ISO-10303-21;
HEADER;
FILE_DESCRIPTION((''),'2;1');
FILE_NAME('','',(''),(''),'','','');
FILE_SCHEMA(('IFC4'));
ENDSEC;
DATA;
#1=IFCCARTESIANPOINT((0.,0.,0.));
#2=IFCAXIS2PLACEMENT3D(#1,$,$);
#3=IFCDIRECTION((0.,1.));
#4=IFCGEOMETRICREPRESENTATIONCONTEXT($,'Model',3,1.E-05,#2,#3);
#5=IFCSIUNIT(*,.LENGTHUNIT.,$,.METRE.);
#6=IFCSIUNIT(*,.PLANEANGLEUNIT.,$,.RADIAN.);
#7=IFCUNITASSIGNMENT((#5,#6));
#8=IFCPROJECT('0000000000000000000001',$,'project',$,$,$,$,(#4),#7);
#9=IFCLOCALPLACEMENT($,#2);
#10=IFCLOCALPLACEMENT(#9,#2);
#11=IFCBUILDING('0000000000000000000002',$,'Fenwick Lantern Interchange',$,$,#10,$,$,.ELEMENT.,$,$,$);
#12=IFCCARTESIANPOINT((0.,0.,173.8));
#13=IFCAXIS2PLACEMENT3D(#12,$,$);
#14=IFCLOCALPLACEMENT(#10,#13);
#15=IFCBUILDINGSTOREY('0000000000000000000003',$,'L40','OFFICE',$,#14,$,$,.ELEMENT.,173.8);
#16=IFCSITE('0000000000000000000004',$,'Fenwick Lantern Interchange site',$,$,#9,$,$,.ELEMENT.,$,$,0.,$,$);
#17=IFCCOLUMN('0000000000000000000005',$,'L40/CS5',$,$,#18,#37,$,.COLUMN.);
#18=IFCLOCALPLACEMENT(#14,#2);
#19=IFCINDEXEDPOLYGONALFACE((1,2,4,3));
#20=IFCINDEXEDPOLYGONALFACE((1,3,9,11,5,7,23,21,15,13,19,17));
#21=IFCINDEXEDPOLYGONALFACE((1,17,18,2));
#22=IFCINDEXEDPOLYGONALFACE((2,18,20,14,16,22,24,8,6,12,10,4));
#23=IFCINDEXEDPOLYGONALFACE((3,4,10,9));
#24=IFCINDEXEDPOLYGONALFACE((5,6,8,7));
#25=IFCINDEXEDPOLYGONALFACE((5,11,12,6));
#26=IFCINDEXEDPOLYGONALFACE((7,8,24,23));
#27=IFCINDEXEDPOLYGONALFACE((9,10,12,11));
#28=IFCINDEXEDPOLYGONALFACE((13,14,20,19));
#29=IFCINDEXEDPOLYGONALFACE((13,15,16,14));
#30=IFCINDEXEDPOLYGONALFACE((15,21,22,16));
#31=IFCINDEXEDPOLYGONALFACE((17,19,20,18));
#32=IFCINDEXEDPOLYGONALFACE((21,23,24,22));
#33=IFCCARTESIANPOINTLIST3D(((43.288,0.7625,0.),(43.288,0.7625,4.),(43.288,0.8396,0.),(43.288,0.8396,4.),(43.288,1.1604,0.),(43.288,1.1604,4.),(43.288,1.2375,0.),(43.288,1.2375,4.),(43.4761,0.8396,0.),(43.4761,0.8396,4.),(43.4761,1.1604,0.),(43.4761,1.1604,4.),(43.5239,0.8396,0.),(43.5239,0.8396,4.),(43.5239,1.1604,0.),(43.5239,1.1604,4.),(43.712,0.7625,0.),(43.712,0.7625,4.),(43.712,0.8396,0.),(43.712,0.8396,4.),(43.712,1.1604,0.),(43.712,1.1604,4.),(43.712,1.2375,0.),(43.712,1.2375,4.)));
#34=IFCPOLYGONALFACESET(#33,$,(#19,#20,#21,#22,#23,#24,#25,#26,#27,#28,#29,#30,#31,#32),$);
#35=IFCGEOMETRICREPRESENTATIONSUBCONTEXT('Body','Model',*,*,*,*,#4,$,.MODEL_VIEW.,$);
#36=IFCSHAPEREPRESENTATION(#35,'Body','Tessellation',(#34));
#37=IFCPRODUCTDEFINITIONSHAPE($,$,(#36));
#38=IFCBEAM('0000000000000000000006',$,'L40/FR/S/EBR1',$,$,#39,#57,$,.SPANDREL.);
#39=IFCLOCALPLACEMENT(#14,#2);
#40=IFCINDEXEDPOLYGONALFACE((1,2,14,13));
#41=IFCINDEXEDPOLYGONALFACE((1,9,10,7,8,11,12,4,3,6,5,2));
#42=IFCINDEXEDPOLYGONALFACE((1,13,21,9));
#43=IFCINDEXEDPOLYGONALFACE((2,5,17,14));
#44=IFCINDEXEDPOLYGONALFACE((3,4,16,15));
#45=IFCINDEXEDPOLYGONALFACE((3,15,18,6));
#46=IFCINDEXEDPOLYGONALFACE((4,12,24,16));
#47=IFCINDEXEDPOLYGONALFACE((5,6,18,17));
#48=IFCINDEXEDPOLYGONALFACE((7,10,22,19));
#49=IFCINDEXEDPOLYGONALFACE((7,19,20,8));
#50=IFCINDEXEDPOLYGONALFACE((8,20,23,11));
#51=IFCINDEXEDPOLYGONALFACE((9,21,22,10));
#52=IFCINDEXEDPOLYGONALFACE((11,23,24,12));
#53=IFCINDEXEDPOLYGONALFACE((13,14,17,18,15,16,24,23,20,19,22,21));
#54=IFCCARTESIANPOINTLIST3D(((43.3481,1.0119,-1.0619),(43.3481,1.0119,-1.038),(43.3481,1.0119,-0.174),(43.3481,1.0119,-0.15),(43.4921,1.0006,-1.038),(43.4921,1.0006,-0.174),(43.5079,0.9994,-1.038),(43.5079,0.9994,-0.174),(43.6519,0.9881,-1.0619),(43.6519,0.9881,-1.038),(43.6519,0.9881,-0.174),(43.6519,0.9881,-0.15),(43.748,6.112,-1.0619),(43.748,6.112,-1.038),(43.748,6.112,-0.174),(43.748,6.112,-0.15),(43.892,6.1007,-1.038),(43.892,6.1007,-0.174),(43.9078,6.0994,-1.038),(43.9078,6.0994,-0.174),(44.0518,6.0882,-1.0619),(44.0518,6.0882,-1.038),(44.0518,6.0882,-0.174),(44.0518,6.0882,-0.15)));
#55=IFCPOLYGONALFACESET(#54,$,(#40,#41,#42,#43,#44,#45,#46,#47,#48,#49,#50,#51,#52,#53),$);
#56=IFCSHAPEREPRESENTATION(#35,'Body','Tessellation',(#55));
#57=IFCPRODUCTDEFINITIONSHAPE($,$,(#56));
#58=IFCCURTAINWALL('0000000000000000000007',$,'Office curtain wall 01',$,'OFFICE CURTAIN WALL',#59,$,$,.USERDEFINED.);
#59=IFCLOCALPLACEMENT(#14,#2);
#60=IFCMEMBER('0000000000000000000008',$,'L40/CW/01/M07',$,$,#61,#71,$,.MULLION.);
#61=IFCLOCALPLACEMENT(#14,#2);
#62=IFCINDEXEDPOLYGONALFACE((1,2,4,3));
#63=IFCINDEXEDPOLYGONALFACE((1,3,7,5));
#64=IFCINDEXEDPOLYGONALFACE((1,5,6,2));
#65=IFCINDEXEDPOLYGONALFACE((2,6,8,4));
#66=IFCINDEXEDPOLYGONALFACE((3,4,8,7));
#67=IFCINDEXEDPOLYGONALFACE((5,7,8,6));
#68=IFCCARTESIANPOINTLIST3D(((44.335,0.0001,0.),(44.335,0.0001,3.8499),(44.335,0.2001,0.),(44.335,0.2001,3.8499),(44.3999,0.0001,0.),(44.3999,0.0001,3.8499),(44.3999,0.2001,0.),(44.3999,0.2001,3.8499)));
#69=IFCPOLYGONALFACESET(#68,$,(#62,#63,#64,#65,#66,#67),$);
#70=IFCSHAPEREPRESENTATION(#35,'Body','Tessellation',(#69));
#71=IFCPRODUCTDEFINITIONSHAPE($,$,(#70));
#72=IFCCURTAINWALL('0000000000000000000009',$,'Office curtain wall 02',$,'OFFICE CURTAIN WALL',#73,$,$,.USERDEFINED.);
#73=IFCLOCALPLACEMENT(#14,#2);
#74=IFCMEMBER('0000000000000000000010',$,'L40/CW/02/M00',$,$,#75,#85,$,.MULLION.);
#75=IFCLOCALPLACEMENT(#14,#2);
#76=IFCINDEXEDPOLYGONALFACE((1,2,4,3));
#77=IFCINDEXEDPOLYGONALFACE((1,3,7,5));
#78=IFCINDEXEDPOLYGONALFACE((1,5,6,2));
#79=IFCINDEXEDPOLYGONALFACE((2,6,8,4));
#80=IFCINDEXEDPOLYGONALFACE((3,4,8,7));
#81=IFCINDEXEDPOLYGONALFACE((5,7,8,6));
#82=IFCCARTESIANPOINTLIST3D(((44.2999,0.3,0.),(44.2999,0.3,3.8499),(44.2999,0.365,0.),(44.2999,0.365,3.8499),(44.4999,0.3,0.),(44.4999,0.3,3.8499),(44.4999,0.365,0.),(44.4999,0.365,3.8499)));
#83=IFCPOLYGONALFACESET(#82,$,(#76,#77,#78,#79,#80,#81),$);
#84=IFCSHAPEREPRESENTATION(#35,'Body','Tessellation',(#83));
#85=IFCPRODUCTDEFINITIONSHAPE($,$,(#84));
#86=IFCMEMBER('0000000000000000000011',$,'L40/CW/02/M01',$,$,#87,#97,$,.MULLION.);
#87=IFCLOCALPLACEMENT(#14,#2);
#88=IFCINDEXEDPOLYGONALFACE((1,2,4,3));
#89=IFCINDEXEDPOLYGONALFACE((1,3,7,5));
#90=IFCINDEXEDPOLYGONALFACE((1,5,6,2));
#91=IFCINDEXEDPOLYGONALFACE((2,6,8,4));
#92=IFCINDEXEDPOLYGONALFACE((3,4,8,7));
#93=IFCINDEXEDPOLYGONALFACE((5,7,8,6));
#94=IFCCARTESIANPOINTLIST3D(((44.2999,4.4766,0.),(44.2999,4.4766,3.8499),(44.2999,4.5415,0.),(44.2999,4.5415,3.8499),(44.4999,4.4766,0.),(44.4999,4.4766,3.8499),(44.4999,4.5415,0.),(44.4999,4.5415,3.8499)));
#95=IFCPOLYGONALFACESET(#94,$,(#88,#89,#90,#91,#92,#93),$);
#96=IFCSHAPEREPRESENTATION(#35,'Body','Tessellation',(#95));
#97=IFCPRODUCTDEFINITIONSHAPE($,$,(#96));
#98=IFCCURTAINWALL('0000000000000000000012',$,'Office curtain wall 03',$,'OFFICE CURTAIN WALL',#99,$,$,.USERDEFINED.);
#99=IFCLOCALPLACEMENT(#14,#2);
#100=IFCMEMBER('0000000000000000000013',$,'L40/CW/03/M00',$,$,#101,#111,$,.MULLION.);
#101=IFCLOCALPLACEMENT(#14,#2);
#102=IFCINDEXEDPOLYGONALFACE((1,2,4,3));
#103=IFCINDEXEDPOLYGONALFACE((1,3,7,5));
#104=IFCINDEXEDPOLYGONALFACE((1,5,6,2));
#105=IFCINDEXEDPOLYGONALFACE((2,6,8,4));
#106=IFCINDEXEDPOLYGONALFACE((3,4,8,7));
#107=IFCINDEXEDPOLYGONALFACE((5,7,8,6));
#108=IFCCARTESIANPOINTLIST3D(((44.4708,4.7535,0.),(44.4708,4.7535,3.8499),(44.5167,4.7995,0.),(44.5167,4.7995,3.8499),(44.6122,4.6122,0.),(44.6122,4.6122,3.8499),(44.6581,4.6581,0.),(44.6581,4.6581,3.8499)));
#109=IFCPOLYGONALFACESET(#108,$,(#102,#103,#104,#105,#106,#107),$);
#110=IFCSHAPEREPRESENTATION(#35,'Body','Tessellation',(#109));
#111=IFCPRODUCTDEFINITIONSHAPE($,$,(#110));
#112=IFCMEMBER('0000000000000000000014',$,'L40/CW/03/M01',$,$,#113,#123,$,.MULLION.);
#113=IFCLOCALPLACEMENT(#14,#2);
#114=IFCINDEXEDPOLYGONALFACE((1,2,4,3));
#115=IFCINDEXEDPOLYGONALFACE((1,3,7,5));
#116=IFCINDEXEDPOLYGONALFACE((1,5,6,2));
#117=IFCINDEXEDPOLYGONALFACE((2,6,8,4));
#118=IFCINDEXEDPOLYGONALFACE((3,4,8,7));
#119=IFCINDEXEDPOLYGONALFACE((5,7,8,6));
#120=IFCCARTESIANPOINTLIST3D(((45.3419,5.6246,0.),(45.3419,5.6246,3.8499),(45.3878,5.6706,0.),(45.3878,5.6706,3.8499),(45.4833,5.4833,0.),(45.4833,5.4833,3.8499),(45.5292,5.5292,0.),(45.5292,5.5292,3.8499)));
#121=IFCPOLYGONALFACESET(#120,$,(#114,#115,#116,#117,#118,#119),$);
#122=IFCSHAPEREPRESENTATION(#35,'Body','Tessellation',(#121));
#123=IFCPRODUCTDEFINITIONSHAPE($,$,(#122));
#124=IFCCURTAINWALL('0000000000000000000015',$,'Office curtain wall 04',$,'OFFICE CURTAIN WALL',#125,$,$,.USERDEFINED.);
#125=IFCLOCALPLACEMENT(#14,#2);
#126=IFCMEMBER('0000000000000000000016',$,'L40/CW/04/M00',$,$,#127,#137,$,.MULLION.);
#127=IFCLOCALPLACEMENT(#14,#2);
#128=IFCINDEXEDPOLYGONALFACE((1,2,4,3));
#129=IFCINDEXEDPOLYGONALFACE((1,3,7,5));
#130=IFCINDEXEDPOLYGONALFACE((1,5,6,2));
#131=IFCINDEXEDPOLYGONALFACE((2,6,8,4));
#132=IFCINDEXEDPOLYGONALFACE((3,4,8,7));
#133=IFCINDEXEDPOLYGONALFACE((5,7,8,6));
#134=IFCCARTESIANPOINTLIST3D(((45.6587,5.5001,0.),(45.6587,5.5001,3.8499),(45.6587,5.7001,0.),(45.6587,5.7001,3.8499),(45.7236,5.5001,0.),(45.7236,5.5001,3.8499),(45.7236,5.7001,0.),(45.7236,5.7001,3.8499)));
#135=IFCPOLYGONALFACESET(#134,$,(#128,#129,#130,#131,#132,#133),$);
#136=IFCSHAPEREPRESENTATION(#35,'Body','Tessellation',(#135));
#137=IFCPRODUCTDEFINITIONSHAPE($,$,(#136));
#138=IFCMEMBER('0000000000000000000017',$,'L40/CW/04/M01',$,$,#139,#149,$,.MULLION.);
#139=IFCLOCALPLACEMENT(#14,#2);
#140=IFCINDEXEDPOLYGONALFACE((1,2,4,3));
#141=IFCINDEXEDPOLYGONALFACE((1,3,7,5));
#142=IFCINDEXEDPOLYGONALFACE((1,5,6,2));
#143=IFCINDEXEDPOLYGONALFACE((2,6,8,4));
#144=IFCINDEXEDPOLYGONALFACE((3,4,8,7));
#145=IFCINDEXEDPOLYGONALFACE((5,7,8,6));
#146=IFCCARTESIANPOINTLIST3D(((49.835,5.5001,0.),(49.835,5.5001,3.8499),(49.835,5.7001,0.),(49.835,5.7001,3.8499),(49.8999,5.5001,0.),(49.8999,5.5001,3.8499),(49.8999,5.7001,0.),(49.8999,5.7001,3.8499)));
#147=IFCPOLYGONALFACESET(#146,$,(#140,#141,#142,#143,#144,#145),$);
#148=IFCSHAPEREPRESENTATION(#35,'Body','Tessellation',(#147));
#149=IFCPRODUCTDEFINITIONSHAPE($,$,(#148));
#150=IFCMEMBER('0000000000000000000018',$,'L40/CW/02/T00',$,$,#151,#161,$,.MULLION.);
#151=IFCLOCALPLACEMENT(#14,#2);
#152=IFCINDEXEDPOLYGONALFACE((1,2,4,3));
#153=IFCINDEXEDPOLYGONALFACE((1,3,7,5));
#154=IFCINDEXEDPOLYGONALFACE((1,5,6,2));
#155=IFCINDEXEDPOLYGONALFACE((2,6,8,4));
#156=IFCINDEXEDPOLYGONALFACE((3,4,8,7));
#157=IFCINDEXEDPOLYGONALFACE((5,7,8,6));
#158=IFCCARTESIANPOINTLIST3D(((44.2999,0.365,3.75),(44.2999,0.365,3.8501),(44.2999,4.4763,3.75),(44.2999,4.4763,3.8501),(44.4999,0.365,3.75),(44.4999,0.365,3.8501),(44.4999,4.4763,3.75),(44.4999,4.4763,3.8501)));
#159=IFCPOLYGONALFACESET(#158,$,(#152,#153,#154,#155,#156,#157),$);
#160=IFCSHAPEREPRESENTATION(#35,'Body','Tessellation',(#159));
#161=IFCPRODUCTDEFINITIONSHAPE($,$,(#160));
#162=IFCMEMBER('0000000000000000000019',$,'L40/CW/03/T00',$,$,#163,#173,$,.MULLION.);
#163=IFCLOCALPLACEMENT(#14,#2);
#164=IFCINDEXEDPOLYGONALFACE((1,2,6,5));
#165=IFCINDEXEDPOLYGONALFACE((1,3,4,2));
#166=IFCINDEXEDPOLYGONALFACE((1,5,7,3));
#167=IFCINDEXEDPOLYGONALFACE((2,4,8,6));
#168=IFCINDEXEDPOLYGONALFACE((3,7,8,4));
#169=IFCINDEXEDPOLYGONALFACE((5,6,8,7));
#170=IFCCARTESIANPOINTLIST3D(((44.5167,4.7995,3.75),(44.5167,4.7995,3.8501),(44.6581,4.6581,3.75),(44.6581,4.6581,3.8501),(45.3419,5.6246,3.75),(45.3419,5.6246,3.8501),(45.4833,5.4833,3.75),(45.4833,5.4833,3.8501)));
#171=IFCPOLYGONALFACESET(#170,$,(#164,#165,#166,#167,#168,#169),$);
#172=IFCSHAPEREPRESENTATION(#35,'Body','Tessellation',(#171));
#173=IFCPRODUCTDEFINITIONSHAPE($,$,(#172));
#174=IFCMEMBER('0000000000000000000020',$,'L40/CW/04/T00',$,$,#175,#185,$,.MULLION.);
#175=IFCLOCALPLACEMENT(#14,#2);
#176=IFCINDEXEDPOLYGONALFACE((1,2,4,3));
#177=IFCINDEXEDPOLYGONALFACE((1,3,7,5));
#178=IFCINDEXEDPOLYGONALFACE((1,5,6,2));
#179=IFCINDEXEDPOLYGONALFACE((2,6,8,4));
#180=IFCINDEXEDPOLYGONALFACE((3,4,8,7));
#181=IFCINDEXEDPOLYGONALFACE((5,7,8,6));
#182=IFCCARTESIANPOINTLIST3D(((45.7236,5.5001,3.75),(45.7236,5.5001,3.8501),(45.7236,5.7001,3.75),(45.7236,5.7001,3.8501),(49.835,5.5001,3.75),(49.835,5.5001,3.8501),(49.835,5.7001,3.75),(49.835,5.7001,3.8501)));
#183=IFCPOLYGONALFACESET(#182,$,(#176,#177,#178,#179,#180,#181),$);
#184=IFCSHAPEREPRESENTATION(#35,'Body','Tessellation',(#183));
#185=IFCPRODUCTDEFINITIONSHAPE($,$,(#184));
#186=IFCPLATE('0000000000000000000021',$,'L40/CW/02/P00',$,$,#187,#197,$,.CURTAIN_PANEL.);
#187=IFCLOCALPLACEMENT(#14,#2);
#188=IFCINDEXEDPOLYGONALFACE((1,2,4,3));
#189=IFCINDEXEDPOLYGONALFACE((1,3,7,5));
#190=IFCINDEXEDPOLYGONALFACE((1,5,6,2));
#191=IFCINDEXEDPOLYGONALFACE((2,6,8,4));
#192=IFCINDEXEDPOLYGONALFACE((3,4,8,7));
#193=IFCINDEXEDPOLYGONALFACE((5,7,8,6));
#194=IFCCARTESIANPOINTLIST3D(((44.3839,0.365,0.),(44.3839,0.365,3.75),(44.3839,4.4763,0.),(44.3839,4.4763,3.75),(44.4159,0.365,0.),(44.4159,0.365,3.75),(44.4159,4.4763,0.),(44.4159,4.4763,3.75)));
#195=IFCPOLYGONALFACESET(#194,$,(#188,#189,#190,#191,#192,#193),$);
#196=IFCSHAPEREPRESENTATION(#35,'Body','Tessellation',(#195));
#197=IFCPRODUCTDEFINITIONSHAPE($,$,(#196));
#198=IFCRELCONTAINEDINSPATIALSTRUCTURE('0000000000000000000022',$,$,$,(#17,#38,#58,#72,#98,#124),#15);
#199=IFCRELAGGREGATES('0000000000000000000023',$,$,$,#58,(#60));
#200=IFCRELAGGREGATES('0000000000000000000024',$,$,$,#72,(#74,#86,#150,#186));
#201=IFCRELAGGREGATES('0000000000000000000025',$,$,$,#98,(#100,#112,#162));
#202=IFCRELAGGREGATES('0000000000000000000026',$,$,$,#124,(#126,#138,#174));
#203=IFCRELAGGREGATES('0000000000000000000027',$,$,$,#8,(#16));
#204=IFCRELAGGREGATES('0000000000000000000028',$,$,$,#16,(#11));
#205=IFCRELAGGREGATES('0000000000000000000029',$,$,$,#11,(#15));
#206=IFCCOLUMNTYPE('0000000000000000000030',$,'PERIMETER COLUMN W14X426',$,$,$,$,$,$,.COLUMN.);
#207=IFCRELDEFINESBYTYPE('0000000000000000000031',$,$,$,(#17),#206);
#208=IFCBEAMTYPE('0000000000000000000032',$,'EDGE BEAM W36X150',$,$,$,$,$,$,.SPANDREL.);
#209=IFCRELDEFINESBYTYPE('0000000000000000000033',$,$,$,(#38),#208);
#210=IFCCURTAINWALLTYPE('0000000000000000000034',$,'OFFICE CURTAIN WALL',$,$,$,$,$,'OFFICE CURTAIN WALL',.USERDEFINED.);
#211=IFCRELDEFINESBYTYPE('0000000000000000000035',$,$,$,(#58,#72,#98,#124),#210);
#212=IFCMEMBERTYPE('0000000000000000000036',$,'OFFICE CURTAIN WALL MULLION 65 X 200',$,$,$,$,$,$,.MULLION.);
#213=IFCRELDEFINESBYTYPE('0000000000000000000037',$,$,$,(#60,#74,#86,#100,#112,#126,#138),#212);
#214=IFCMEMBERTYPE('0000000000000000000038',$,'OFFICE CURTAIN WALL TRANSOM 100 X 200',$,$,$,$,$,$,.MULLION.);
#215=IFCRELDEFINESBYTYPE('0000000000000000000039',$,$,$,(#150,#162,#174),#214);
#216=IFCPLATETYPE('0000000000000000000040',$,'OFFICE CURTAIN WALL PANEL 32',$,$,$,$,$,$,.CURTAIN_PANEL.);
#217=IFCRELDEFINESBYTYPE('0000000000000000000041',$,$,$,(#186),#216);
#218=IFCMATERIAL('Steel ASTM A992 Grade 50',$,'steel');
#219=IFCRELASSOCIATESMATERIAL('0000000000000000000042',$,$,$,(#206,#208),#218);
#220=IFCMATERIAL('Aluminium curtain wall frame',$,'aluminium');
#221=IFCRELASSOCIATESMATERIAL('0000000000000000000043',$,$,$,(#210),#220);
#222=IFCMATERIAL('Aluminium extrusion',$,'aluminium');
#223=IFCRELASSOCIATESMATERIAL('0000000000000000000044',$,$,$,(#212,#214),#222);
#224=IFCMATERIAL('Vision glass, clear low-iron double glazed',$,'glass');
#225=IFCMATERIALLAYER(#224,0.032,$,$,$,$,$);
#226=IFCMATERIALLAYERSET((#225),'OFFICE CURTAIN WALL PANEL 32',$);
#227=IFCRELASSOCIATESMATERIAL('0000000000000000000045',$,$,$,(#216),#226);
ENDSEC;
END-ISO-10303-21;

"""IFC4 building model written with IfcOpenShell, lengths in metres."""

from ifc_helpers import new_model, si_unit, direction, frame, origin, origin_2d, place, context, subcontext, project, spatial, rectangle, i_section, extrude, material, layer, layer_set, material_profile, profile_set, type_object, element, aggregate, save


model = new_model("IFC4")

# Units and contexts
model_context = context("Model", 3, precision=1e-05, world=origin(), true_north=direction((0.0, 1.0)))
body_context = subcontext(model_context, "Body", "Model", "MODEL_VIEW")
ifc_project = project(units=[si_unit("LENGTHUNIT", "METRE"), si_unit("PLANEANGLEUNIT", "RADIAN")], contexts=[model_context])

# Site, building, storey
site_placement = place(None, origin())
site = spatial("IfcSite", under=ifc_project, at=site_placement, Name="Fenwick Lantern Interchange site", CompositionType="ELEMENT", RefElevation=0.0)
building_placement = place(site_placement, origin())
building = spatial("IfcBuilding", under=site, at=building_placement, Name="Fenwick Lantern Interchange", CompositionType="ELEMENT")
storey_placement = place(building_placement, frame((0.0, 0.0, 173.8)))
storey = spatial("IfcBuildingStorey", under=building, at=storey_placement, Name="L40", Description="OFFICE", CompositionType="ELEMENT", Elevation=173.8)

# Column
ifc_material_1 = material(Name="Steel ASTM A992 Grade 50", Category="steel")
ifc_material_profile_1 = material_profile(ifc_material_1, i_section(OverallWidth=0.4241, OverallDepth=0.4751, WebThickness=0.0479, FlangeThickness=0.0771, at=origin_2d()), Name="W14X426")
ifc_profile_set_1 = profile_set([ifc_material_profile_1], Name="Steel ASTM A992 Grade 50")
column_type = type_object("IfcColumnType", Name="PERIMETER COLUMN W14X426", PredefinedType="COLUMN", material=ifc_profile_set_1)
column_placement = place(storey_placement, frame((43.5, 1.0, 0.0), z_axis=(0.0, 0.0, 1.0), x_axis=(1.0, 0.0, 0.0)))
element("IfcColumn", 1, at=column_placement, inside=storey, type_object=column_type, Name="L40/CS5", PredefinedType="COLUMN", context=body_context, shape_type="SweptSolid", body=[
    extrude(i_section(OverallWidth=0.4241, OverallDepth=0.4751, WebThickness=0.0479, FlangeThickness=0.0771, at=origin_2d()), origin(), (0.0, 0.0, 1.0), 4.0),
])

# Beam
ifc_material_profile_2 = material_profile(ifc_material_1, i_section(OverallWidth=0.3047, OverallDepth=0.9119, WebThickness=0.0159, FlangeThickness=0.0239, at=origin_2d()), Name="W36X150")
ifc_profile_set_2 = profile_set([ifc_material_profile_2], Name="Steel ASTM A992 Grade 50")
beam_type = type_object("IfcBeamType", Name="EDGE BEAM W36X150", PredefinedType="SPANDREL", material=ifc_profile_set_2)
beam_placement = place(storey_placement, frame((43.5, 1.0, -0.606), z_axis=(0.078171, 0.99694, 0.0), x_axis=(-0.99694, 0.078171, 0.0)))
element("IfcBeam", 2, at=beam_placement, inside=storey, type_object=beam_type, Name="L40/FR/S/EBR1", PredefinedType="SPANDREL", context=body_context, shape_type="SweptSolid", body=[
    extrude(i_section(OverallWidth=0.3047, OverallDepth=0.9119, WebThickness=0.0159, FlangeThickness=0.0239, at=origin_2d()), origin(), (0.0, 0.0, 1.0), 5.1157),
])

# Curtain wall, member
ifc_material_2 = material(Name="Aluminium curtain wall frame", Category="aluminium")
curtain_wall_type = type_object("IfcCurtainWallType", Name="OFFICE CURTAIN WALL", ElementType="OFFICE CURTAIN WALL", PredefinedType="USERDEFINED", material=ifc_material_2)
curtain_wall_1_placement = place(storey_placement, origin())
curtain_wall_1 = element("IfcCurtainWall", 3, at=curtain_wall_1_placement, inside=storey, type_object=curtain_wall_type, Name="Office curtain wall 01", ObjectType="OFFICE CURTAIN WALL", PredefinedType="USERDEFINED")
ifc_material_3 = material(Name="Aluminium extrusion", Category="aluminium")
ifc_material_profile_3 = material_profile(ifc_material_3, rectangle(XDim=0.2, YDim=0.0649, at=origin_2d()), Name="OFFICE CURTAIN WALL MULLION 65 X 200")
ifc_profile_set_3 = profile_set([ifc_material_profile_3], Name="Aluminium extrusion")
member_type_1 = type_object("IfcMemberType", Name="OFFICE CURTAIN WALL MULLION 65 X 200", PredefinedType="MULLION", material=ifc_profile_set_3)
member_1_placement = place(storey_placement, frame((44.3674, 0.1001, 0.0), z_axis=(0.0, 0.0, 1.0), x_axis=(0.0, 1.0, 0.0)))
member_1 = element("IfcMember", 4, at=member_1_placement, type_object=member_type_1, Name="L40/CW/01/M07", PredefinedType="MULLION", context=body_context, shape_type="SweptSolid", body=[
    extrude(rectangle(XDim=0.2, YDim=0.0649, at=origin_2d()), origin(), (0.0, 0.0, 1.0), 3.8499),
])
aggregate(curtain_wall_1, [member_1])

# Curtain walls, members
curtain_wall_2_placement = place(storey_placement, origin())
curtain_wall_2 = element("IfcCurtainWall", 5, at=curtain_wall_2_placement, inside=storey, type_object=curtain_wall_type, Name="Office curtain wall 02", ObjectType="OFFICE CURTAIN WALL", PredefinedType="USERDEFINED")
member_2_placement = place(storey_placement, frame((44.3999, 0.3325, 0.0), z_axis=(0.0, 0.0, 1.0), x_axis=(-1.0, 0.0, 0.0)))
member_2 = element("IfcMember", 6, at=member_2_placement, type_object=member_type_1, Name="L40/CW/02/M00", PredefinedType="MULLION", context=body_context, shape_type="SweptSolid", body=[
    extrude(rectangle(XDim=0.2, YDim=0.0649, at=origin_2d()), origin(), (0.0, 0.0, 1.0), 3.8499),
])
member_3_placement = place(storey_placement, frame((44.3999, 4.509, 0.0), z_axis=(0.0, 0.0, 1.0), x_axis=(-1.0, 0.0, 0.0)))
member_3 = element("IfcMember", 7, at=member_3_placement, type_object=member_type_1, Name="L40/CW/02/M01", PredefinedType="MULLION", context=body_context, shape_type="SweptSolid", body=[
    extrude(rectangle(XDim=0.2, YDim=0.0649, at=origin_2d()), origin(), (0.0, 0.0, 1.0), 3.8499),
])
curtain_wall_3_placement = place(storey_placement, origin())
curtain_wall_3 = element("IfcCurtainWall", 8, at=curtain_wall_3_placement, inside=storey, type_object=curtain_wall_type, Name="Office curtain wall 03", ObjectType="OFFICE CURTAIN WALL", PredefinedType="USERDEFINED")
member_4_placement = place(storey_placement, frame((44.5645, 4.7058, 0.0), z_axis=(0.0, 0.0, 1.0), x_axis=(-0.707107, 0.707107, 0.0)))
member_4 = element("IfcMember", 9, at=member_4_placement, type_object=member_type_1, Name="L40/CW/03/M00", PredefinedType="MULLION", context=body_context, shape_type="SweptSolid", body=[
    extrude(rectangle(XDim=0.2, YDim=0.0649, at=origin_2d()), origin(), (0.0, 0.0, 1.0), 3.8499),
])
member_5_placement = place(storey_placement, frame((45.4355, 5.5769, 0.0), z_axis=(0.0, 0.0, 1.0), x_axis=(-0.707107, 0.707107, 0.0)))
member_5 = element("IfcMember", 10, at=member_5_placement, type_object=member_type_1, Name="L40/CW/03/M01", PredefinedType="MULLION", context=body_context, shape_type="SweptSolid", body=[
    extrude(rectangle(XDim=0.2, YDim=0.0649, at=origin_2d()), origin(), (0.0, 0.0, 1.0), 3.8499),
])
curtain_wall_4_placement = place(storey_placement, origin())
curtain_wall_4 = element("IfcCurtainWall", 11, at=curtain_wall_4_placement, inside=storey, type_object=curtain_wall_type, Name="Office curtain wall 04", ObjectType="OFFICE CURTAIN WALL", PredefinedType="USERDEFINED")
member_6_placement = place(storey_placement, frame((45.6912, 5.6001, 0.0), z_axis=(0.0, 0.0, 1.0), x_axis=(0.0, 1.0, 0.0)))
member_6 = element("IfcMember", 12, at=member_6_placement, type_object=member_type_1, Name="L40/CW/04/M00", PredefinedType="MULLION", context=body_context, shape_type="SweptSolid", body=[
    extrude(rectangle(XDim=0.2, YDim=0.0649, at=origin_2d()), origin(), (0.0, 0.0, 1.0), 3.8499),
])
member_7_placement = place(storey_placement, frame((49.8674, 5.6001, 0.0), z_axis=(0.0, 0.0, 1.0), x_axis=(0.0, 1.0, 0.0)))
member_7 = element("IfcMember", 13, at=member_7_placement, type_object=member_type_1, Name="L40/CW/04/M01", PredefinedType="MULLION", context=body_context, shape_type="SweptSolid", body=[
    extrude(rectangle(XDim=0.2, YDim=0.0649, at=origin_2d()), origin(), (0.0, 0.0, 1.0), 3.8499),
])

# Members
ifc_material_profile_4 = material_profile(ifc_material_3, rectangle(XDim=0.2, YDim=0.1001, at=origin_2d()), Name="OFFICE CURTAIN WALL TRANSOM 100 X 200")
ifc_profile_set_4 = profile_set([ifc_material_profile_4], Name="Aluminium extrusion")
member_type_2 = type_object("IfcMemberType", Name="OFFICE CURTAIN WALL TRANSOM 100 X 200", PredefinedType="MULLION", material=ifc_profile_set_4)
member_8_placement = place(storey_placement, frame((44.3999, 0.365, 3.8), z_axis=(0.0, 1.0, 0.0), x_axis=(-1.0, 0.0, 0.0)))
member_8 = element("IfcMember", 14, at=member_8_placement, type_object=member_type_2, Name="L40/CW/02/T00", PredefinedType="MULLION", context=body_context, shape_type="SweptSolid", body=[
    extrude(rectangle(XDim=0.2, YDim=0.1001, at=origin_2d()), origin(), (0.0, 0.0, 1.0), 4.1113),
])
member_9_placement = place(storey_placement, frame((44.5874, 4.7288, 3.8), z_axis=(0.707107, 0.707107, 0.0), x_axis=(-0.707107, 0.707107, 0.0)))
member_9 = element("IfcMember", 15, at=member_9_placement, type_object=member_type_2, Name="L40/CW/03/T00", PredefinedType="MULLION", context=body_context, shape_type="SweptSolid", body=[
    extrude(rectangle(XDim=0.2, YDim=0.1001, at=origin_2d()), origin(), (0.0, 0.0, 1.0), 1.167),
])
member_10_placement = place(storey_placement, frame((45.7236, 5.6001, 3.8), z_axis=(1.0, 0.0, 0.0), x_axis=(0.0, 1.0, 0.0)))
member_10 = element("IfcMember", 16, at=member_10_placement, type_object=member_type_2, Name="L40/CW/04/T00", PredefinedType="MULLION", context=body_context, shape_type="SweptSolid", body=[
    extrude(rectangle(XDim=0.2, YDim=0.1001, at=origin_2d()), origin(), (0.0, 0.0, 1.0), 4.1113),
])

# Plate
ifc_material_4 = material(Name="Vision glass, clear low-iron double glazed", Category="glass")
ifc_layer_1 = layer(ifc_material_4, 0.032)
ifc_layer_set_1 = layer_set([ifc_layer_1], Name="OFFICE CURTAIN WALL PANEL 32")
plate_type = type_object("IfcPlateType", Name="OFFICE CURTAIN WALL PANEL 32", PredefinedType="CURTAIN_PANEL", material=ifc_layer_set_1)
plate_1_placement = place(storey_placement, frame((44.3999, 2.4207, 0.0), z_axis=(0.0, 0.0, 1.0), x_axis=(0.0, 1.0, 0.0)))
plate_1 = element("IfcPlate", 17, at=plate_1_placement, type_object=plate_type, Name="L40/CW/02/P00", PredefinedType="CURTAIN_PANEL", context=body_context, shape_type="SweptSolid", body=[
    extrude(rectangle(XDim=4.1113, YDim=0.032, at=origin_2d()), origin(), (0.0, 0.0, 1.0), 3.75),
])
aggregate(curtain_wall_2, [member_2, member_3, member_8, plate_1])
aggregate(curtain_wall_3, [member_4, member_5, member_9])
aggregate(curtain_wall_4, [member_6, member_7, member_10])

save(model, "model.ifc")
